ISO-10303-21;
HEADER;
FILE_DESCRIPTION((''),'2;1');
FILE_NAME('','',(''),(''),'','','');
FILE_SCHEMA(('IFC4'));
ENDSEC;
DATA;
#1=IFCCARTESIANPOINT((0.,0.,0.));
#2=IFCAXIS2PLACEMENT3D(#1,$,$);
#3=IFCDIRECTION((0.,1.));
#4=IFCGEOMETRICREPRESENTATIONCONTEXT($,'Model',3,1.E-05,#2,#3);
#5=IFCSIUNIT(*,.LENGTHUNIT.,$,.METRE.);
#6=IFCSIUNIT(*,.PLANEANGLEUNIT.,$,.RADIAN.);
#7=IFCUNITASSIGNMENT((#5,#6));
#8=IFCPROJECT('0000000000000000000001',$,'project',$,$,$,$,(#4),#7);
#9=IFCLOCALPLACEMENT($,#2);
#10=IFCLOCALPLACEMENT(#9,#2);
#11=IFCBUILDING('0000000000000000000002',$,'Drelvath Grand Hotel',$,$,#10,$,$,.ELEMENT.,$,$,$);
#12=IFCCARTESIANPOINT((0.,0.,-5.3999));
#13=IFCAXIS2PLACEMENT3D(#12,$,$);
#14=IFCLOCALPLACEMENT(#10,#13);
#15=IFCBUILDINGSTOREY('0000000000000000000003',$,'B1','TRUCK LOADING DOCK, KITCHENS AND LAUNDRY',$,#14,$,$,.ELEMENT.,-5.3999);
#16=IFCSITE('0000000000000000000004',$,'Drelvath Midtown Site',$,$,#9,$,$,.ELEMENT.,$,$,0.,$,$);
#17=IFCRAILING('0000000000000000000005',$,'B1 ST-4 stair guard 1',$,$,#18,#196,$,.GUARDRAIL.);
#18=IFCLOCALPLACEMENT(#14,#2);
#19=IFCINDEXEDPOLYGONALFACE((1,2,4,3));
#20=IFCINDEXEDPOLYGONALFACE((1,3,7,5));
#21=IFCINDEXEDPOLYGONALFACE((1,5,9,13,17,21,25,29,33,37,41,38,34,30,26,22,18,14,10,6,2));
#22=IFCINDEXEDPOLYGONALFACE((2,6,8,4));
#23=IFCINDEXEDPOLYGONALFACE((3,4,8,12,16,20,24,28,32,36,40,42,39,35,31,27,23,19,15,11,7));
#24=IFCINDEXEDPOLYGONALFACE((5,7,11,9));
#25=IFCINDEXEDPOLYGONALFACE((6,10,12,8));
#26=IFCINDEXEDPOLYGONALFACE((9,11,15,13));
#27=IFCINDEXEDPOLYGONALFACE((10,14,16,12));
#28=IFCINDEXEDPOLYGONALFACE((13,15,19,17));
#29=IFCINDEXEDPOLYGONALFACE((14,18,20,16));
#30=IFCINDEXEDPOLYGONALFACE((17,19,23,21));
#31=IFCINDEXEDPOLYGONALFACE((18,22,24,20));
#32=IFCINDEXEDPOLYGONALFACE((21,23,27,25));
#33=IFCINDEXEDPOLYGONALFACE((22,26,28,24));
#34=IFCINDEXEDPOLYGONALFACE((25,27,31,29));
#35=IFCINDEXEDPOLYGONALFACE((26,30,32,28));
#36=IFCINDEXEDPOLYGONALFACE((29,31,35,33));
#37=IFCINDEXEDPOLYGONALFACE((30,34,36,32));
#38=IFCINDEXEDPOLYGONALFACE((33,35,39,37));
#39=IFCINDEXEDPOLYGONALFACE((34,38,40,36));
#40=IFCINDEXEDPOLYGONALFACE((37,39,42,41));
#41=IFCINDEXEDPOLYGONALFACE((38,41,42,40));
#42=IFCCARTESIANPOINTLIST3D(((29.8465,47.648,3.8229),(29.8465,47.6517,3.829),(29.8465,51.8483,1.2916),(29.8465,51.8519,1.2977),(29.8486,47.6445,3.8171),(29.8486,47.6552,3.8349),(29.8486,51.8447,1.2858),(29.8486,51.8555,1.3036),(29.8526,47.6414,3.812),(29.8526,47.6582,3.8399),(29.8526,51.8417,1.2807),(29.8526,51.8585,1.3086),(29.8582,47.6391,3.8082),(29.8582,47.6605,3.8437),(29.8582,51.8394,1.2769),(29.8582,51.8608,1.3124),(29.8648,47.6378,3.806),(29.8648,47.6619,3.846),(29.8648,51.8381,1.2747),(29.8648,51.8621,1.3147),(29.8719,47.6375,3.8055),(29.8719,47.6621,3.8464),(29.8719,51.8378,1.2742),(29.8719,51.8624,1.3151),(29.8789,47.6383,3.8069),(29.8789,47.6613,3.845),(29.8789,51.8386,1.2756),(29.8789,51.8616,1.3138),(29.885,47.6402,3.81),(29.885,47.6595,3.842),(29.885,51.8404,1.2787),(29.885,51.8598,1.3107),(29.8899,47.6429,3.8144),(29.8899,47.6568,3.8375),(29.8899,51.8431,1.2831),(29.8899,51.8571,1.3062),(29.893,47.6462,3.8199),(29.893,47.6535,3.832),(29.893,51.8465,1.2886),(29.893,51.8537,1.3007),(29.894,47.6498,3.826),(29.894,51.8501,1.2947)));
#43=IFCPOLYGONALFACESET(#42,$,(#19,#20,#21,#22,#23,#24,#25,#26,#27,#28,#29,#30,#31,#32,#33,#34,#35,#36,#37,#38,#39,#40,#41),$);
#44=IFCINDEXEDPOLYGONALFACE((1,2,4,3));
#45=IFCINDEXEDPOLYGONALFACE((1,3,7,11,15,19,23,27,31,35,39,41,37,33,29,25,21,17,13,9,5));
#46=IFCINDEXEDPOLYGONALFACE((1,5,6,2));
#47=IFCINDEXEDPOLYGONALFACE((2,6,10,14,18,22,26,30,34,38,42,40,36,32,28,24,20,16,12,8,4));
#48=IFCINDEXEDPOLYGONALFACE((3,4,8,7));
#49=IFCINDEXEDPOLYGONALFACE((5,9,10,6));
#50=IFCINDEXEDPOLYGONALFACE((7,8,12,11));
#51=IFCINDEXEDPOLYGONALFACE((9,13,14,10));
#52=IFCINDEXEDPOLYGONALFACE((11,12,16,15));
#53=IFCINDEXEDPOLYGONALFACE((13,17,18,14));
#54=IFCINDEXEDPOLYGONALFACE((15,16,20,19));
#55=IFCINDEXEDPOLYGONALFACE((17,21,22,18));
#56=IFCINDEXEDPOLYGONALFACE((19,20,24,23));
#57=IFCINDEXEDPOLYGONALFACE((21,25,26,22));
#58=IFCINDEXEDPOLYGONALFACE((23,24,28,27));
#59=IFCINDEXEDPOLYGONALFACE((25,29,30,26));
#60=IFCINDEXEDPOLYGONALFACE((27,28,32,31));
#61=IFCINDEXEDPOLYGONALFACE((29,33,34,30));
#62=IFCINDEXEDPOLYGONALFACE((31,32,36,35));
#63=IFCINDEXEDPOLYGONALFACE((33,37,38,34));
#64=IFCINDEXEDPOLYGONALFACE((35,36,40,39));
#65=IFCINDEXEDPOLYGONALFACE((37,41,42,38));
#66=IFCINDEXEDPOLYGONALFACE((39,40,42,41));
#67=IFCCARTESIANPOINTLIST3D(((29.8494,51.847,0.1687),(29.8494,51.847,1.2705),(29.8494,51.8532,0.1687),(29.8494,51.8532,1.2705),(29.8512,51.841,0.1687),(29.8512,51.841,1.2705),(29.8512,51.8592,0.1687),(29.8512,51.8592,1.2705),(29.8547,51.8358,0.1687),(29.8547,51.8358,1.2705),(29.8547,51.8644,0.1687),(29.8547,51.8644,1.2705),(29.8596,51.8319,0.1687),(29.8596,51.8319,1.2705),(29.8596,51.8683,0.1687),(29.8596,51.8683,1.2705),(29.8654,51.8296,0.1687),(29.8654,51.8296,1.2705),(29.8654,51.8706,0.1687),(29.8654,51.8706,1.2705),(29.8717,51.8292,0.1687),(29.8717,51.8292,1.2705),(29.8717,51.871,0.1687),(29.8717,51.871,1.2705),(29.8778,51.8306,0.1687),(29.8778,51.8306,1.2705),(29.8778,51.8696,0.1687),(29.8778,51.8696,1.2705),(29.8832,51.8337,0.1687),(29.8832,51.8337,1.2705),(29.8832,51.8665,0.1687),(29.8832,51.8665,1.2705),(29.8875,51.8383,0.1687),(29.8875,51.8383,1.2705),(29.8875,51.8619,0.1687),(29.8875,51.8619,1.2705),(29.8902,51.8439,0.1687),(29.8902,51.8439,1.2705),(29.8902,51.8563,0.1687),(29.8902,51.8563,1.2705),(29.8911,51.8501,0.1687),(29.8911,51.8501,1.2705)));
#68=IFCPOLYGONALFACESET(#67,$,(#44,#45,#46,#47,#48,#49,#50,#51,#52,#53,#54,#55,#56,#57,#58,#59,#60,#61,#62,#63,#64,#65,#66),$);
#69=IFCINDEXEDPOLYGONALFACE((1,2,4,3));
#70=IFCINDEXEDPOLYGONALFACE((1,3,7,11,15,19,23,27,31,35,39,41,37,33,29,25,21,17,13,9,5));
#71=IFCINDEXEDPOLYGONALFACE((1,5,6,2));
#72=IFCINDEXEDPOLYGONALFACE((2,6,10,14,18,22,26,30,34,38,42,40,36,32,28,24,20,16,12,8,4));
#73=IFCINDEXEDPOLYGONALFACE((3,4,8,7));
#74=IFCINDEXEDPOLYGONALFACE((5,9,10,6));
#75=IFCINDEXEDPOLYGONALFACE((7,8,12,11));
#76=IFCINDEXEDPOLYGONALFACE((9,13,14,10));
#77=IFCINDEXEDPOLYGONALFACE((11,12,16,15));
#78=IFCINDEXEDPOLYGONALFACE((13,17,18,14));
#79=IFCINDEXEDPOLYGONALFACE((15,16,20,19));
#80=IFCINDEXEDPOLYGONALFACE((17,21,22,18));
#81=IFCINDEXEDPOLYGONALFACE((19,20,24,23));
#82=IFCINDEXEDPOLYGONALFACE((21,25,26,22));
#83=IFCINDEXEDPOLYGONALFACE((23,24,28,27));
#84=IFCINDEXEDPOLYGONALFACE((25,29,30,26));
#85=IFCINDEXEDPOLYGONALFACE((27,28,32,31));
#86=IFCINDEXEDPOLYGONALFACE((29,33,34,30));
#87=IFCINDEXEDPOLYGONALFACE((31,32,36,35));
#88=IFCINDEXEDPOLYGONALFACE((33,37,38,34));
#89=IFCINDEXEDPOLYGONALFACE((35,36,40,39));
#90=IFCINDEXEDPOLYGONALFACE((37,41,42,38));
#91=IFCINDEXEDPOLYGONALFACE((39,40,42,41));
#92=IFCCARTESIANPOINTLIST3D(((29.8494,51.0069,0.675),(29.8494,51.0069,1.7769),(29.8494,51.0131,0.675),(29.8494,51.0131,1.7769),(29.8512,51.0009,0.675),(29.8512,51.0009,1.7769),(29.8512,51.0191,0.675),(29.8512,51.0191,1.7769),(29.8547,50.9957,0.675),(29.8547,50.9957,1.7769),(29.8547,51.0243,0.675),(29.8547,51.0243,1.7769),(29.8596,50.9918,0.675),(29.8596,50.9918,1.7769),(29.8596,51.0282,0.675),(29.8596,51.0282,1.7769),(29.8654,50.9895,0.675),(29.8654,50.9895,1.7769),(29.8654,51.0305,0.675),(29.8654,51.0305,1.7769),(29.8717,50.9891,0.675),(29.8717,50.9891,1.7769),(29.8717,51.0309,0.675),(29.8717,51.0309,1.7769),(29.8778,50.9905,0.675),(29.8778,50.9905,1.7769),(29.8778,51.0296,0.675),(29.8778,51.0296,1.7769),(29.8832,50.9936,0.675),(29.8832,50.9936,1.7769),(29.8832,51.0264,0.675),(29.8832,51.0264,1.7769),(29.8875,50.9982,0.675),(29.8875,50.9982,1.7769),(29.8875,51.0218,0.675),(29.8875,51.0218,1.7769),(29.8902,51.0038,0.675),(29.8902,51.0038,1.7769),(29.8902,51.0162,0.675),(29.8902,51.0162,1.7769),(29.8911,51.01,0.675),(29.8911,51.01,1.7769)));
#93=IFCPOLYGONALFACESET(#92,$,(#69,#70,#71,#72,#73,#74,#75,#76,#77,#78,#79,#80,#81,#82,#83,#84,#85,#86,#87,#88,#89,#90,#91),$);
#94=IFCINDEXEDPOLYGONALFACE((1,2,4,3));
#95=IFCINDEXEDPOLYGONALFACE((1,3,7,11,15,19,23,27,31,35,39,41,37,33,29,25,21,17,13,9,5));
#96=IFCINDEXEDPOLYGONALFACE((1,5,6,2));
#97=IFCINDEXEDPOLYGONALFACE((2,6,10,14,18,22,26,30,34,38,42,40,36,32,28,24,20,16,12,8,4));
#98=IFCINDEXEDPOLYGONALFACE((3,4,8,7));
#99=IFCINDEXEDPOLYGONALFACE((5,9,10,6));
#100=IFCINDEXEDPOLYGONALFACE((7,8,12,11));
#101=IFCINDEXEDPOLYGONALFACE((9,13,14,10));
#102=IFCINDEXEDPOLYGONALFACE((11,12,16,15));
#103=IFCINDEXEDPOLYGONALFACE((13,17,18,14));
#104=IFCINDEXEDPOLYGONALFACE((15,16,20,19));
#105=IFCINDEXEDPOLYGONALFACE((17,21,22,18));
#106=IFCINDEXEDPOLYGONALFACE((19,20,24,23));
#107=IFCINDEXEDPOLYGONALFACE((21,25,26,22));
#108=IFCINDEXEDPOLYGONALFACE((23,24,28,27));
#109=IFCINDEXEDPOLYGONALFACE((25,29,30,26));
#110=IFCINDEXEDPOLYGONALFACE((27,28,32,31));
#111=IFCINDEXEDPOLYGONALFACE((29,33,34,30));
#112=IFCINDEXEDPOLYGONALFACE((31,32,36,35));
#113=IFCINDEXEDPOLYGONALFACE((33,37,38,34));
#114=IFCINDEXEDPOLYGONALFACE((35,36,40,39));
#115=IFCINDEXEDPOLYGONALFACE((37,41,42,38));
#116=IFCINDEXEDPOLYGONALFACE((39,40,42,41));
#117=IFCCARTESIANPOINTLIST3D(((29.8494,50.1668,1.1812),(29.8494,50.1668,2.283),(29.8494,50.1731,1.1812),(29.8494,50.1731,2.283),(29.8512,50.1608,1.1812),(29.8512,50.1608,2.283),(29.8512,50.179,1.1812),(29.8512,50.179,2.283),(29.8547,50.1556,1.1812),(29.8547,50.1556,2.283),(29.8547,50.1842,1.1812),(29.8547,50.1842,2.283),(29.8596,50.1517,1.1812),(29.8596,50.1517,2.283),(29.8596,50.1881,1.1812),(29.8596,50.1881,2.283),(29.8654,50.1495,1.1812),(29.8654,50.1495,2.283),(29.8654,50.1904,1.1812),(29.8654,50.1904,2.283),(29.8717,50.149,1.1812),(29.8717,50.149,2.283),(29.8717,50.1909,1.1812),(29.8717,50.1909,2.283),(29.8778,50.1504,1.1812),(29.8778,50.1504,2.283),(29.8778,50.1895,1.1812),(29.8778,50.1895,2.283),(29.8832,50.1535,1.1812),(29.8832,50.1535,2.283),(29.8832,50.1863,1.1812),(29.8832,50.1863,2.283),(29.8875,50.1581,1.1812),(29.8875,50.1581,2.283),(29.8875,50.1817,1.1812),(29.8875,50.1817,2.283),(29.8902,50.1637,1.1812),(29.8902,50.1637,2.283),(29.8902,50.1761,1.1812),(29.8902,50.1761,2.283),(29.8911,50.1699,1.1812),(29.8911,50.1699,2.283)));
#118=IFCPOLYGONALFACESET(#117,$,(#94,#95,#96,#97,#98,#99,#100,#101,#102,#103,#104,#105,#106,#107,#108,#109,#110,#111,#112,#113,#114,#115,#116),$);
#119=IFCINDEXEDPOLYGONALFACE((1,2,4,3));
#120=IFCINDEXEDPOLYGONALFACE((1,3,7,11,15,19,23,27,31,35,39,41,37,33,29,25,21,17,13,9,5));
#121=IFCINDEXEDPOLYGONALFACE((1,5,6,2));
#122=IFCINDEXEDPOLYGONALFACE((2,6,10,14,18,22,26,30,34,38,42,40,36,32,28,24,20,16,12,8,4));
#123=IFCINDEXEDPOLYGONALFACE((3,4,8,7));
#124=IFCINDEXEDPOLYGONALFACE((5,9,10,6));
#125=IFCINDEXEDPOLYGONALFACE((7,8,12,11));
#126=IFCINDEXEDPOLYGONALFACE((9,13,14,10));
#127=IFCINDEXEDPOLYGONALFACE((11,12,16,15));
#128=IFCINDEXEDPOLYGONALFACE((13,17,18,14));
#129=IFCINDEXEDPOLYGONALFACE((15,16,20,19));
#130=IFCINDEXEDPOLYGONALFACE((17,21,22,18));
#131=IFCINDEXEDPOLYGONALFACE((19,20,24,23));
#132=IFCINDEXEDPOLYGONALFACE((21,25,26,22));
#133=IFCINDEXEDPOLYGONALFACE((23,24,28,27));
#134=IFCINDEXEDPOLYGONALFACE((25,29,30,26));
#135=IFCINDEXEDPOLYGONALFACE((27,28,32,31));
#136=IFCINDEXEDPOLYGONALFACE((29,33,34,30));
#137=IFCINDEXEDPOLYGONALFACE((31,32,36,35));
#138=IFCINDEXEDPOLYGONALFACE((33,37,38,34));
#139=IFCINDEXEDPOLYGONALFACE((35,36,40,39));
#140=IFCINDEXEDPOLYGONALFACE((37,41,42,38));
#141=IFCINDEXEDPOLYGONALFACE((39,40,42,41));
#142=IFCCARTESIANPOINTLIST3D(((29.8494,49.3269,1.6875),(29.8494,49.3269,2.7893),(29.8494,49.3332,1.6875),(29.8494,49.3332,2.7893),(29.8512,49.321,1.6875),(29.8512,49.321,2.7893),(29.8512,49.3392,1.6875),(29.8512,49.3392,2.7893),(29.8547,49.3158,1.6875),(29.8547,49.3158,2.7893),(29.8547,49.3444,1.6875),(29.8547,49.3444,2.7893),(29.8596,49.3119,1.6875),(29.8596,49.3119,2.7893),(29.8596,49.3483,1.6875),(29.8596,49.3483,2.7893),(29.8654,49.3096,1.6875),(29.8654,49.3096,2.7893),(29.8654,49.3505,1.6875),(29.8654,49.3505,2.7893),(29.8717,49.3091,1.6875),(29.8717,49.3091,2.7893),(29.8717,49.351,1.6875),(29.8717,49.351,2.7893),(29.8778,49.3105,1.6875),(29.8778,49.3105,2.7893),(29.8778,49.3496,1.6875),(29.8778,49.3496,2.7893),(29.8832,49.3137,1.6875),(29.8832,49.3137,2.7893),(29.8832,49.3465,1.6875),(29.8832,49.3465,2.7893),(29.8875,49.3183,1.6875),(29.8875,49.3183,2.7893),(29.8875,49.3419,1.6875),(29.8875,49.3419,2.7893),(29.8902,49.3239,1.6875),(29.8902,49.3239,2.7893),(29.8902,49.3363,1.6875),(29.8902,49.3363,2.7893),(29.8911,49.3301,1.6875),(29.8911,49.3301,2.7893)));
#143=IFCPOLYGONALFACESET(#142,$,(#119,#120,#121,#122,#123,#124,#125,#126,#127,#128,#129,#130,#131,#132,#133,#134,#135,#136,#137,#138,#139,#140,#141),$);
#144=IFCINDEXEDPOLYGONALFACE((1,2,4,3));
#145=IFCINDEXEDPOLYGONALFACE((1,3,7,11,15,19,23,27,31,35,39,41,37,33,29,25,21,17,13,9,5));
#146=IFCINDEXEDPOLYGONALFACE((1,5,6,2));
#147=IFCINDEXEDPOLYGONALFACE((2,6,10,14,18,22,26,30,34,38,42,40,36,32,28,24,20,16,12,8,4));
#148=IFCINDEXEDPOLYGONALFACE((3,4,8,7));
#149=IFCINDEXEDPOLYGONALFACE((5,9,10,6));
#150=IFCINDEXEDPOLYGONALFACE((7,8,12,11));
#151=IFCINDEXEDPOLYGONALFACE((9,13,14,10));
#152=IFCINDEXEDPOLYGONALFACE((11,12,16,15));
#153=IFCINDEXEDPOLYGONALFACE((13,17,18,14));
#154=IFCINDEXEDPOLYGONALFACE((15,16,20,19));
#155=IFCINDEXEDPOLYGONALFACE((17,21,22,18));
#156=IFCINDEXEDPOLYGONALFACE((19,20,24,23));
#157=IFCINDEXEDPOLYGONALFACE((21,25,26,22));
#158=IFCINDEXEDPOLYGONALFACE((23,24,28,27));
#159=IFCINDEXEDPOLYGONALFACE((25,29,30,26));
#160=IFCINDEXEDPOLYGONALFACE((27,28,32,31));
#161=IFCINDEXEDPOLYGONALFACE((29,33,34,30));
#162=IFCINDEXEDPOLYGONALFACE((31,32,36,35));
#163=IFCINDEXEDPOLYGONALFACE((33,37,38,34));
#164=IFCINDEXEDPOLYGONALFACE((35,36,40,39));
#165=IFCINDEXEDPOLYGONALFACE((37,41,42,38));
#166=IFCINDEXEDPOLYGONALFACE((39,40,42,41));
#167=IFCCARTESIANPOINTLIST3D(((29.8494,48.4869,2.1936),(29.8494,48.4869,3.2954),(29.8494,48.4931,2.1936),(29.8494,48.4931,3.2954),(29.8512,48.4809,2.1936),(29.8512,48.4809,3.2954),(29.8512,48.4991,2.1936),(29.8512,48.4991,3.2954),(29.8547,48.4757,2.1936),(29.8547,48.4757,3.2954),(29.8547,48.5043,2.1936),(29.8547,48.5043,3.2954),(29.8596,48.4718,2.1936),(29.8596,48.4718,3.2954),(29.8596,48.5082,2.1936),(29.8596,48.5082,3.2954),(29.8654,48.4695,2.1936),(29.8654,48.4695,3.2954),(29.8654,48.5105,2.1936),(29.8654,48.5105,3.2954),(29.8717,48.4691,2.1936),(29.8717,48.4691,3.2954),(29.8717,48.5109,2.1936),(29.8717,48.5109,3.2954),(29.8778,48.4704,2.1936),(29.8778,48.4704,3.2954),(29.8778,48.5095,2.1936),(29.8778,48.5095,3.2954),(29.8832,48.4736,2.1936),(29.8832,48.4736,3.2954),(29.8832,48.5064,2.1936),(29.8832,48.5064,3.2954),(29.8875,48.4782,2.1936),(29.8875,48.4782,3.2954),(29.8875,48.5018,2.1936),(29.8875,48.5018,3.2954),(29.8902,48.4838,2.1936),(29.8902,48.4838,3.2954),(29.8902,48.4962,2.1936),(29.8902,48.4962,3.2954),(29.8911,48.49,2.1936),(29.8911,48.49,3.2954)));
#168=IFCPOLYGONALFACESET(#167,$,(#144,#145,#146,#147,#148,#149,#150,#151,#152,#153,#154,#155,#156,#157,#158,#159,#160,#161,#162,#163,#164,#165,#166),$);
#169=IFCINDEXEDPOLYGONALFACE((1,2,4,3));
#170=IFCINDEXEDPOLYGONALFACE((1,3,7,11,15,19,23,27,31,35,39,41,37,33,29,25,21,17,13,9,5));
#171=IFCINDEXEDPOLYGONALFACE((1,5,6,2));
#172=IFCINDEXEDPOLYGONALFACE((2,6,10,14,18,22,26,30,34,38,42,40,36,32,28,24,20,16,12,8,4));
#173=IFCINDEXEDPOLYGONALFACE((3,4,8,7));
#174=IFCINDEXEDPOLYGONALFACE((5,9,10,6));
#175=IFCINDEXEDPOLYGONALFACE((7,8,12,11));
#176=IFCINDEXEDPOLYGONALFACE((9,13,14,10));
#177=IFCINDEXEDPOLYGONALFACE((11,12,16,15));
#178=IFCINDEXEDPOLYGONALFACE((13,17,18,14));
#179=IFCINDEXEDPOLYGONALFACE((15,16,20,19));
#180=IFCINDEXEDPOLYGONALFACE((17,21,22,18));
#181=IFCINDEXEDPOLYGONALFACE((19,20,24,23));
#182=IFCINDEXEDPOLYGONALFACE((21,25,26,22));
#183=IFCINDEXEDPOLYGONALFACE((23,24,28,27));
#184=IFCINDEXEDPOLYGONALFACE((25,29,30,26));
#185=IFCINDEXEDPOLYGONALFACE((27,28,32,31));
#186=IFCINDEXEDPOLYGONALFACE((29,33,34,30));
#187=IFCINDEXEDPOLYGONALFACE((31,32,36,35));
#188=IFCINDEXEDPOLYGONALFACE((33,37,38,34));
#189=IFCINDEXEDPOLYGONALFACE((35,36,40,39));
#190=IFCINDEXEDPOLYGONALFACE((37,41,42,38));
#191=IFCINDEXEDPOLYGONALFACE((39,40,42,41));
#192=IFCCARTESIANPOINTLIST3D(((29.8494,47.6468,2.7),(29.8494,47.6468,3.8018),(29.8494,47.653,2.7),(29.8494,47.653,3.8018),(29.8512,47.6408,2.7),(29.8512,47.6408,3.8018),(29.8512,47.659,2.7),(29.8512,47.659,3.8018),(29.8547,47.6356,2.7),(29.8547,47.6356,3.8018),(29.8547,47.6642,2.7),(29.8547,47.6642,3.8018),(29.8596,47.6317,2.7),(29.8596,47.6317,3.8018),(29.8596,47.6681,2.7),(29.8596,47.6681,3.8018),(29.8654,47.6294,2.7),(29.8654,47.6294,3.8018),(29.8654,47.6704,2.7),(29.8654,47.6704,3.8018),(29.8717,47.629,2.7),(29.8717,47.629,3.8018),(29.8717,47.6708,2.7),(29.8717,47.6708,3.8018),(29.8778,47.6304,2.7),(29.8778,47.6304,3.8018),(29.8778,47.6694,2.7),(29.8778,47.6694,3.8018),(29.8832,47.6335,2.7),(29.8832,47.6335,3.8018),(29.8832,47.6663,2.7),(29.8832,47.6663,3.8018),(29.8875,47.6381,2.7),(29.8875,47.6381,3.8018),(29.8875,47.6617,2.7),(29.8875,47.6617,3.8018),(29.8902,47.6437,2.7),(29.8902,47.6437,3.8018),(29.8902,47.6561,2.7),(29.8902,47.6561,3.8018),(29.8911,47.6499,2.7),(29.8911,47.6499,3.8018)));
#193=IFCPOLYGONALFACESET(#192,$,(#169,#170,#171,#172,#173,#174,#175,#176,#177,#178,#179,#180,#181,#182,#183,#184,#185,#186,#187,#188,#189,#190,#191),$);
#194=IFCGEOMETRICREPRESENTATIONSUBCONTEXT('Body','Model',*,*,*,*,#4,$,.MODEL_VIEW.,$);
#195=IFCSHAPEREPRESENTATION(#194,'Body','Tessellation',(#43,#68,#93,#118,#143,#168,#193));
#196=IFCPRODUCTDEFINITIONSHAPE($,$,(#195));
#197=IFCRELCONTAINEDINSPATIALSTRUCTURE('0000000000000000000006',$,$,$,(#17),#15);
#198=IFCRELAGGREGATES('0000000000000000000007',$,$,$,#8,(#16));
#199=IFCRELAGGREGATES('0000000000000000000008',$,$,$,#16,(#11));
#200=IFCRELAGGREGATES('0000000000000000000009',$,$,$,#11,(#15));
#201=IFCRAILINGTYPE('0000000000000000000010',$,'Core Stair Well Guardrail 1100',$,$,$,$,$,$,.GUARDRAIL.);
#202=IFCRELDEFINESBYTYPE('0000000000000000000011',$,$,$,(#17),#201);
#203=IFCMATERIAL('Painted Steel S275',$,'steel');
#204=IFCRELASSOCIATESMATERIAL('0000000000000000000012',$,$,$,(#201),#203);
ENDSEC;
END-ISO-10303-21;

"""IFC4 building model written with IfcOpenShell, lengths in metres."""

from ifc_helpers import new_model, si_unit, direction, frame, origin, origin_2d, place, context, subcontext, project, spatial, circle, extrude, material, type_object, element, save


model = new_model("IFC4")

# Units and contexts
model_context = context("Model", 3, precision=1e-05, world=origin(), true_north=direction((0.0, 1.0)))
body_context = subcontext(model_context, "Body", "Model", "MODEL_VIEW")
ifc_project = project(units=[si_unit("LENGTHUNIT", "METRE"), si_unit("PLANEANGLEUNIT", "RADIAN")], contexts=[model_context])

# Site, building, storey
site_placement = place(None, origin())
site = spatial("IfcSite", under=ifc_project, at=site_placement, Name="Drelvath Midtown Site", CompositionType="ELEMENT", RefElevation=0.0)
building_placement = place(site_placement, origin())
building = spatial("IfcBuilding", under=site, at=building_placement, Name="Drelvath Grand Hotel", CompositionType="ELEMENT")
storey_placement = place(building_placement, frame((0.0, 0.0, -5.3999)))
storey = spatial("IfcBuildingStorey", under=building, at=storey_placement, Name="B1", Description="TRUCK LOADING DOCK, KITCHENS AND LAUNDRY", CompositionType="ELEMENT", Elevation=-5.3999)

# Shared definitions
ifc_material_1 = material(Name="Painted Steel S275", Category="steel")

# Railing
railing_type_1 = type_object("IfcRailingType", Name="Core Stair Well Guardrail 1100", PredefinedType="GUARDRAIL", material=ifc_material_1)
railing_1_placement = place(storey_placement, frame((29.8701, 51.8501, 0.1687)))
element("IfcRailing", 1, at=railing_1_placement, inside=storey, type_object=railing_type_1, Name="B1 ST-4 stair guard 1", PredefinedType="GUARDRAIL", context=body_context, shape_type="SweptSolid", body=[
    extrude(circle(Radius=0.0239, at=origin_2d()), frame((0.0, 0.0, 1.126), z_axis=(0.0, -0.85649, 0.516164), x_axis=(1.0, 0.0, 0.0)), (0.0, 0.0, 1.0), 4.9041),
    extrude(circle(Radius=0.021, at=origin_2d()), origin(), (0.0, 0.0, 1.0), 1.1018),
    extrude(circle(Radius=0.021, at=origin_2d()), frame((0.0, -0.8401, 0.5063)), (0.0, 0.0, 1.0), 1.1018),
    extrude(circle(Radius=0.021, at=origin_2d()), frame((0.0, -1.6802, 1.0125)), (0.0, 0.0, 1.0), 1.1018),
    extrude(circle(Radius=0.021, at=origin_2d()), frame((0.0, -2.52, 1.5188)), (0.0, 0.0, 1.0), 1.1018),
    extrude(circle(Radius=0.021, at=origin_2d()), frame((0.0, -3.3601, 2.0249)), (0.0, 0.0, 1.0), 1.1018),
    extrude(circle(Radius=0.021, at=origin_2d()), frame((0.0, -4.2002, 2.5312)), (0.0, 0.0, 1.0), 1.1018),
])

save(model, "model.ifc")
